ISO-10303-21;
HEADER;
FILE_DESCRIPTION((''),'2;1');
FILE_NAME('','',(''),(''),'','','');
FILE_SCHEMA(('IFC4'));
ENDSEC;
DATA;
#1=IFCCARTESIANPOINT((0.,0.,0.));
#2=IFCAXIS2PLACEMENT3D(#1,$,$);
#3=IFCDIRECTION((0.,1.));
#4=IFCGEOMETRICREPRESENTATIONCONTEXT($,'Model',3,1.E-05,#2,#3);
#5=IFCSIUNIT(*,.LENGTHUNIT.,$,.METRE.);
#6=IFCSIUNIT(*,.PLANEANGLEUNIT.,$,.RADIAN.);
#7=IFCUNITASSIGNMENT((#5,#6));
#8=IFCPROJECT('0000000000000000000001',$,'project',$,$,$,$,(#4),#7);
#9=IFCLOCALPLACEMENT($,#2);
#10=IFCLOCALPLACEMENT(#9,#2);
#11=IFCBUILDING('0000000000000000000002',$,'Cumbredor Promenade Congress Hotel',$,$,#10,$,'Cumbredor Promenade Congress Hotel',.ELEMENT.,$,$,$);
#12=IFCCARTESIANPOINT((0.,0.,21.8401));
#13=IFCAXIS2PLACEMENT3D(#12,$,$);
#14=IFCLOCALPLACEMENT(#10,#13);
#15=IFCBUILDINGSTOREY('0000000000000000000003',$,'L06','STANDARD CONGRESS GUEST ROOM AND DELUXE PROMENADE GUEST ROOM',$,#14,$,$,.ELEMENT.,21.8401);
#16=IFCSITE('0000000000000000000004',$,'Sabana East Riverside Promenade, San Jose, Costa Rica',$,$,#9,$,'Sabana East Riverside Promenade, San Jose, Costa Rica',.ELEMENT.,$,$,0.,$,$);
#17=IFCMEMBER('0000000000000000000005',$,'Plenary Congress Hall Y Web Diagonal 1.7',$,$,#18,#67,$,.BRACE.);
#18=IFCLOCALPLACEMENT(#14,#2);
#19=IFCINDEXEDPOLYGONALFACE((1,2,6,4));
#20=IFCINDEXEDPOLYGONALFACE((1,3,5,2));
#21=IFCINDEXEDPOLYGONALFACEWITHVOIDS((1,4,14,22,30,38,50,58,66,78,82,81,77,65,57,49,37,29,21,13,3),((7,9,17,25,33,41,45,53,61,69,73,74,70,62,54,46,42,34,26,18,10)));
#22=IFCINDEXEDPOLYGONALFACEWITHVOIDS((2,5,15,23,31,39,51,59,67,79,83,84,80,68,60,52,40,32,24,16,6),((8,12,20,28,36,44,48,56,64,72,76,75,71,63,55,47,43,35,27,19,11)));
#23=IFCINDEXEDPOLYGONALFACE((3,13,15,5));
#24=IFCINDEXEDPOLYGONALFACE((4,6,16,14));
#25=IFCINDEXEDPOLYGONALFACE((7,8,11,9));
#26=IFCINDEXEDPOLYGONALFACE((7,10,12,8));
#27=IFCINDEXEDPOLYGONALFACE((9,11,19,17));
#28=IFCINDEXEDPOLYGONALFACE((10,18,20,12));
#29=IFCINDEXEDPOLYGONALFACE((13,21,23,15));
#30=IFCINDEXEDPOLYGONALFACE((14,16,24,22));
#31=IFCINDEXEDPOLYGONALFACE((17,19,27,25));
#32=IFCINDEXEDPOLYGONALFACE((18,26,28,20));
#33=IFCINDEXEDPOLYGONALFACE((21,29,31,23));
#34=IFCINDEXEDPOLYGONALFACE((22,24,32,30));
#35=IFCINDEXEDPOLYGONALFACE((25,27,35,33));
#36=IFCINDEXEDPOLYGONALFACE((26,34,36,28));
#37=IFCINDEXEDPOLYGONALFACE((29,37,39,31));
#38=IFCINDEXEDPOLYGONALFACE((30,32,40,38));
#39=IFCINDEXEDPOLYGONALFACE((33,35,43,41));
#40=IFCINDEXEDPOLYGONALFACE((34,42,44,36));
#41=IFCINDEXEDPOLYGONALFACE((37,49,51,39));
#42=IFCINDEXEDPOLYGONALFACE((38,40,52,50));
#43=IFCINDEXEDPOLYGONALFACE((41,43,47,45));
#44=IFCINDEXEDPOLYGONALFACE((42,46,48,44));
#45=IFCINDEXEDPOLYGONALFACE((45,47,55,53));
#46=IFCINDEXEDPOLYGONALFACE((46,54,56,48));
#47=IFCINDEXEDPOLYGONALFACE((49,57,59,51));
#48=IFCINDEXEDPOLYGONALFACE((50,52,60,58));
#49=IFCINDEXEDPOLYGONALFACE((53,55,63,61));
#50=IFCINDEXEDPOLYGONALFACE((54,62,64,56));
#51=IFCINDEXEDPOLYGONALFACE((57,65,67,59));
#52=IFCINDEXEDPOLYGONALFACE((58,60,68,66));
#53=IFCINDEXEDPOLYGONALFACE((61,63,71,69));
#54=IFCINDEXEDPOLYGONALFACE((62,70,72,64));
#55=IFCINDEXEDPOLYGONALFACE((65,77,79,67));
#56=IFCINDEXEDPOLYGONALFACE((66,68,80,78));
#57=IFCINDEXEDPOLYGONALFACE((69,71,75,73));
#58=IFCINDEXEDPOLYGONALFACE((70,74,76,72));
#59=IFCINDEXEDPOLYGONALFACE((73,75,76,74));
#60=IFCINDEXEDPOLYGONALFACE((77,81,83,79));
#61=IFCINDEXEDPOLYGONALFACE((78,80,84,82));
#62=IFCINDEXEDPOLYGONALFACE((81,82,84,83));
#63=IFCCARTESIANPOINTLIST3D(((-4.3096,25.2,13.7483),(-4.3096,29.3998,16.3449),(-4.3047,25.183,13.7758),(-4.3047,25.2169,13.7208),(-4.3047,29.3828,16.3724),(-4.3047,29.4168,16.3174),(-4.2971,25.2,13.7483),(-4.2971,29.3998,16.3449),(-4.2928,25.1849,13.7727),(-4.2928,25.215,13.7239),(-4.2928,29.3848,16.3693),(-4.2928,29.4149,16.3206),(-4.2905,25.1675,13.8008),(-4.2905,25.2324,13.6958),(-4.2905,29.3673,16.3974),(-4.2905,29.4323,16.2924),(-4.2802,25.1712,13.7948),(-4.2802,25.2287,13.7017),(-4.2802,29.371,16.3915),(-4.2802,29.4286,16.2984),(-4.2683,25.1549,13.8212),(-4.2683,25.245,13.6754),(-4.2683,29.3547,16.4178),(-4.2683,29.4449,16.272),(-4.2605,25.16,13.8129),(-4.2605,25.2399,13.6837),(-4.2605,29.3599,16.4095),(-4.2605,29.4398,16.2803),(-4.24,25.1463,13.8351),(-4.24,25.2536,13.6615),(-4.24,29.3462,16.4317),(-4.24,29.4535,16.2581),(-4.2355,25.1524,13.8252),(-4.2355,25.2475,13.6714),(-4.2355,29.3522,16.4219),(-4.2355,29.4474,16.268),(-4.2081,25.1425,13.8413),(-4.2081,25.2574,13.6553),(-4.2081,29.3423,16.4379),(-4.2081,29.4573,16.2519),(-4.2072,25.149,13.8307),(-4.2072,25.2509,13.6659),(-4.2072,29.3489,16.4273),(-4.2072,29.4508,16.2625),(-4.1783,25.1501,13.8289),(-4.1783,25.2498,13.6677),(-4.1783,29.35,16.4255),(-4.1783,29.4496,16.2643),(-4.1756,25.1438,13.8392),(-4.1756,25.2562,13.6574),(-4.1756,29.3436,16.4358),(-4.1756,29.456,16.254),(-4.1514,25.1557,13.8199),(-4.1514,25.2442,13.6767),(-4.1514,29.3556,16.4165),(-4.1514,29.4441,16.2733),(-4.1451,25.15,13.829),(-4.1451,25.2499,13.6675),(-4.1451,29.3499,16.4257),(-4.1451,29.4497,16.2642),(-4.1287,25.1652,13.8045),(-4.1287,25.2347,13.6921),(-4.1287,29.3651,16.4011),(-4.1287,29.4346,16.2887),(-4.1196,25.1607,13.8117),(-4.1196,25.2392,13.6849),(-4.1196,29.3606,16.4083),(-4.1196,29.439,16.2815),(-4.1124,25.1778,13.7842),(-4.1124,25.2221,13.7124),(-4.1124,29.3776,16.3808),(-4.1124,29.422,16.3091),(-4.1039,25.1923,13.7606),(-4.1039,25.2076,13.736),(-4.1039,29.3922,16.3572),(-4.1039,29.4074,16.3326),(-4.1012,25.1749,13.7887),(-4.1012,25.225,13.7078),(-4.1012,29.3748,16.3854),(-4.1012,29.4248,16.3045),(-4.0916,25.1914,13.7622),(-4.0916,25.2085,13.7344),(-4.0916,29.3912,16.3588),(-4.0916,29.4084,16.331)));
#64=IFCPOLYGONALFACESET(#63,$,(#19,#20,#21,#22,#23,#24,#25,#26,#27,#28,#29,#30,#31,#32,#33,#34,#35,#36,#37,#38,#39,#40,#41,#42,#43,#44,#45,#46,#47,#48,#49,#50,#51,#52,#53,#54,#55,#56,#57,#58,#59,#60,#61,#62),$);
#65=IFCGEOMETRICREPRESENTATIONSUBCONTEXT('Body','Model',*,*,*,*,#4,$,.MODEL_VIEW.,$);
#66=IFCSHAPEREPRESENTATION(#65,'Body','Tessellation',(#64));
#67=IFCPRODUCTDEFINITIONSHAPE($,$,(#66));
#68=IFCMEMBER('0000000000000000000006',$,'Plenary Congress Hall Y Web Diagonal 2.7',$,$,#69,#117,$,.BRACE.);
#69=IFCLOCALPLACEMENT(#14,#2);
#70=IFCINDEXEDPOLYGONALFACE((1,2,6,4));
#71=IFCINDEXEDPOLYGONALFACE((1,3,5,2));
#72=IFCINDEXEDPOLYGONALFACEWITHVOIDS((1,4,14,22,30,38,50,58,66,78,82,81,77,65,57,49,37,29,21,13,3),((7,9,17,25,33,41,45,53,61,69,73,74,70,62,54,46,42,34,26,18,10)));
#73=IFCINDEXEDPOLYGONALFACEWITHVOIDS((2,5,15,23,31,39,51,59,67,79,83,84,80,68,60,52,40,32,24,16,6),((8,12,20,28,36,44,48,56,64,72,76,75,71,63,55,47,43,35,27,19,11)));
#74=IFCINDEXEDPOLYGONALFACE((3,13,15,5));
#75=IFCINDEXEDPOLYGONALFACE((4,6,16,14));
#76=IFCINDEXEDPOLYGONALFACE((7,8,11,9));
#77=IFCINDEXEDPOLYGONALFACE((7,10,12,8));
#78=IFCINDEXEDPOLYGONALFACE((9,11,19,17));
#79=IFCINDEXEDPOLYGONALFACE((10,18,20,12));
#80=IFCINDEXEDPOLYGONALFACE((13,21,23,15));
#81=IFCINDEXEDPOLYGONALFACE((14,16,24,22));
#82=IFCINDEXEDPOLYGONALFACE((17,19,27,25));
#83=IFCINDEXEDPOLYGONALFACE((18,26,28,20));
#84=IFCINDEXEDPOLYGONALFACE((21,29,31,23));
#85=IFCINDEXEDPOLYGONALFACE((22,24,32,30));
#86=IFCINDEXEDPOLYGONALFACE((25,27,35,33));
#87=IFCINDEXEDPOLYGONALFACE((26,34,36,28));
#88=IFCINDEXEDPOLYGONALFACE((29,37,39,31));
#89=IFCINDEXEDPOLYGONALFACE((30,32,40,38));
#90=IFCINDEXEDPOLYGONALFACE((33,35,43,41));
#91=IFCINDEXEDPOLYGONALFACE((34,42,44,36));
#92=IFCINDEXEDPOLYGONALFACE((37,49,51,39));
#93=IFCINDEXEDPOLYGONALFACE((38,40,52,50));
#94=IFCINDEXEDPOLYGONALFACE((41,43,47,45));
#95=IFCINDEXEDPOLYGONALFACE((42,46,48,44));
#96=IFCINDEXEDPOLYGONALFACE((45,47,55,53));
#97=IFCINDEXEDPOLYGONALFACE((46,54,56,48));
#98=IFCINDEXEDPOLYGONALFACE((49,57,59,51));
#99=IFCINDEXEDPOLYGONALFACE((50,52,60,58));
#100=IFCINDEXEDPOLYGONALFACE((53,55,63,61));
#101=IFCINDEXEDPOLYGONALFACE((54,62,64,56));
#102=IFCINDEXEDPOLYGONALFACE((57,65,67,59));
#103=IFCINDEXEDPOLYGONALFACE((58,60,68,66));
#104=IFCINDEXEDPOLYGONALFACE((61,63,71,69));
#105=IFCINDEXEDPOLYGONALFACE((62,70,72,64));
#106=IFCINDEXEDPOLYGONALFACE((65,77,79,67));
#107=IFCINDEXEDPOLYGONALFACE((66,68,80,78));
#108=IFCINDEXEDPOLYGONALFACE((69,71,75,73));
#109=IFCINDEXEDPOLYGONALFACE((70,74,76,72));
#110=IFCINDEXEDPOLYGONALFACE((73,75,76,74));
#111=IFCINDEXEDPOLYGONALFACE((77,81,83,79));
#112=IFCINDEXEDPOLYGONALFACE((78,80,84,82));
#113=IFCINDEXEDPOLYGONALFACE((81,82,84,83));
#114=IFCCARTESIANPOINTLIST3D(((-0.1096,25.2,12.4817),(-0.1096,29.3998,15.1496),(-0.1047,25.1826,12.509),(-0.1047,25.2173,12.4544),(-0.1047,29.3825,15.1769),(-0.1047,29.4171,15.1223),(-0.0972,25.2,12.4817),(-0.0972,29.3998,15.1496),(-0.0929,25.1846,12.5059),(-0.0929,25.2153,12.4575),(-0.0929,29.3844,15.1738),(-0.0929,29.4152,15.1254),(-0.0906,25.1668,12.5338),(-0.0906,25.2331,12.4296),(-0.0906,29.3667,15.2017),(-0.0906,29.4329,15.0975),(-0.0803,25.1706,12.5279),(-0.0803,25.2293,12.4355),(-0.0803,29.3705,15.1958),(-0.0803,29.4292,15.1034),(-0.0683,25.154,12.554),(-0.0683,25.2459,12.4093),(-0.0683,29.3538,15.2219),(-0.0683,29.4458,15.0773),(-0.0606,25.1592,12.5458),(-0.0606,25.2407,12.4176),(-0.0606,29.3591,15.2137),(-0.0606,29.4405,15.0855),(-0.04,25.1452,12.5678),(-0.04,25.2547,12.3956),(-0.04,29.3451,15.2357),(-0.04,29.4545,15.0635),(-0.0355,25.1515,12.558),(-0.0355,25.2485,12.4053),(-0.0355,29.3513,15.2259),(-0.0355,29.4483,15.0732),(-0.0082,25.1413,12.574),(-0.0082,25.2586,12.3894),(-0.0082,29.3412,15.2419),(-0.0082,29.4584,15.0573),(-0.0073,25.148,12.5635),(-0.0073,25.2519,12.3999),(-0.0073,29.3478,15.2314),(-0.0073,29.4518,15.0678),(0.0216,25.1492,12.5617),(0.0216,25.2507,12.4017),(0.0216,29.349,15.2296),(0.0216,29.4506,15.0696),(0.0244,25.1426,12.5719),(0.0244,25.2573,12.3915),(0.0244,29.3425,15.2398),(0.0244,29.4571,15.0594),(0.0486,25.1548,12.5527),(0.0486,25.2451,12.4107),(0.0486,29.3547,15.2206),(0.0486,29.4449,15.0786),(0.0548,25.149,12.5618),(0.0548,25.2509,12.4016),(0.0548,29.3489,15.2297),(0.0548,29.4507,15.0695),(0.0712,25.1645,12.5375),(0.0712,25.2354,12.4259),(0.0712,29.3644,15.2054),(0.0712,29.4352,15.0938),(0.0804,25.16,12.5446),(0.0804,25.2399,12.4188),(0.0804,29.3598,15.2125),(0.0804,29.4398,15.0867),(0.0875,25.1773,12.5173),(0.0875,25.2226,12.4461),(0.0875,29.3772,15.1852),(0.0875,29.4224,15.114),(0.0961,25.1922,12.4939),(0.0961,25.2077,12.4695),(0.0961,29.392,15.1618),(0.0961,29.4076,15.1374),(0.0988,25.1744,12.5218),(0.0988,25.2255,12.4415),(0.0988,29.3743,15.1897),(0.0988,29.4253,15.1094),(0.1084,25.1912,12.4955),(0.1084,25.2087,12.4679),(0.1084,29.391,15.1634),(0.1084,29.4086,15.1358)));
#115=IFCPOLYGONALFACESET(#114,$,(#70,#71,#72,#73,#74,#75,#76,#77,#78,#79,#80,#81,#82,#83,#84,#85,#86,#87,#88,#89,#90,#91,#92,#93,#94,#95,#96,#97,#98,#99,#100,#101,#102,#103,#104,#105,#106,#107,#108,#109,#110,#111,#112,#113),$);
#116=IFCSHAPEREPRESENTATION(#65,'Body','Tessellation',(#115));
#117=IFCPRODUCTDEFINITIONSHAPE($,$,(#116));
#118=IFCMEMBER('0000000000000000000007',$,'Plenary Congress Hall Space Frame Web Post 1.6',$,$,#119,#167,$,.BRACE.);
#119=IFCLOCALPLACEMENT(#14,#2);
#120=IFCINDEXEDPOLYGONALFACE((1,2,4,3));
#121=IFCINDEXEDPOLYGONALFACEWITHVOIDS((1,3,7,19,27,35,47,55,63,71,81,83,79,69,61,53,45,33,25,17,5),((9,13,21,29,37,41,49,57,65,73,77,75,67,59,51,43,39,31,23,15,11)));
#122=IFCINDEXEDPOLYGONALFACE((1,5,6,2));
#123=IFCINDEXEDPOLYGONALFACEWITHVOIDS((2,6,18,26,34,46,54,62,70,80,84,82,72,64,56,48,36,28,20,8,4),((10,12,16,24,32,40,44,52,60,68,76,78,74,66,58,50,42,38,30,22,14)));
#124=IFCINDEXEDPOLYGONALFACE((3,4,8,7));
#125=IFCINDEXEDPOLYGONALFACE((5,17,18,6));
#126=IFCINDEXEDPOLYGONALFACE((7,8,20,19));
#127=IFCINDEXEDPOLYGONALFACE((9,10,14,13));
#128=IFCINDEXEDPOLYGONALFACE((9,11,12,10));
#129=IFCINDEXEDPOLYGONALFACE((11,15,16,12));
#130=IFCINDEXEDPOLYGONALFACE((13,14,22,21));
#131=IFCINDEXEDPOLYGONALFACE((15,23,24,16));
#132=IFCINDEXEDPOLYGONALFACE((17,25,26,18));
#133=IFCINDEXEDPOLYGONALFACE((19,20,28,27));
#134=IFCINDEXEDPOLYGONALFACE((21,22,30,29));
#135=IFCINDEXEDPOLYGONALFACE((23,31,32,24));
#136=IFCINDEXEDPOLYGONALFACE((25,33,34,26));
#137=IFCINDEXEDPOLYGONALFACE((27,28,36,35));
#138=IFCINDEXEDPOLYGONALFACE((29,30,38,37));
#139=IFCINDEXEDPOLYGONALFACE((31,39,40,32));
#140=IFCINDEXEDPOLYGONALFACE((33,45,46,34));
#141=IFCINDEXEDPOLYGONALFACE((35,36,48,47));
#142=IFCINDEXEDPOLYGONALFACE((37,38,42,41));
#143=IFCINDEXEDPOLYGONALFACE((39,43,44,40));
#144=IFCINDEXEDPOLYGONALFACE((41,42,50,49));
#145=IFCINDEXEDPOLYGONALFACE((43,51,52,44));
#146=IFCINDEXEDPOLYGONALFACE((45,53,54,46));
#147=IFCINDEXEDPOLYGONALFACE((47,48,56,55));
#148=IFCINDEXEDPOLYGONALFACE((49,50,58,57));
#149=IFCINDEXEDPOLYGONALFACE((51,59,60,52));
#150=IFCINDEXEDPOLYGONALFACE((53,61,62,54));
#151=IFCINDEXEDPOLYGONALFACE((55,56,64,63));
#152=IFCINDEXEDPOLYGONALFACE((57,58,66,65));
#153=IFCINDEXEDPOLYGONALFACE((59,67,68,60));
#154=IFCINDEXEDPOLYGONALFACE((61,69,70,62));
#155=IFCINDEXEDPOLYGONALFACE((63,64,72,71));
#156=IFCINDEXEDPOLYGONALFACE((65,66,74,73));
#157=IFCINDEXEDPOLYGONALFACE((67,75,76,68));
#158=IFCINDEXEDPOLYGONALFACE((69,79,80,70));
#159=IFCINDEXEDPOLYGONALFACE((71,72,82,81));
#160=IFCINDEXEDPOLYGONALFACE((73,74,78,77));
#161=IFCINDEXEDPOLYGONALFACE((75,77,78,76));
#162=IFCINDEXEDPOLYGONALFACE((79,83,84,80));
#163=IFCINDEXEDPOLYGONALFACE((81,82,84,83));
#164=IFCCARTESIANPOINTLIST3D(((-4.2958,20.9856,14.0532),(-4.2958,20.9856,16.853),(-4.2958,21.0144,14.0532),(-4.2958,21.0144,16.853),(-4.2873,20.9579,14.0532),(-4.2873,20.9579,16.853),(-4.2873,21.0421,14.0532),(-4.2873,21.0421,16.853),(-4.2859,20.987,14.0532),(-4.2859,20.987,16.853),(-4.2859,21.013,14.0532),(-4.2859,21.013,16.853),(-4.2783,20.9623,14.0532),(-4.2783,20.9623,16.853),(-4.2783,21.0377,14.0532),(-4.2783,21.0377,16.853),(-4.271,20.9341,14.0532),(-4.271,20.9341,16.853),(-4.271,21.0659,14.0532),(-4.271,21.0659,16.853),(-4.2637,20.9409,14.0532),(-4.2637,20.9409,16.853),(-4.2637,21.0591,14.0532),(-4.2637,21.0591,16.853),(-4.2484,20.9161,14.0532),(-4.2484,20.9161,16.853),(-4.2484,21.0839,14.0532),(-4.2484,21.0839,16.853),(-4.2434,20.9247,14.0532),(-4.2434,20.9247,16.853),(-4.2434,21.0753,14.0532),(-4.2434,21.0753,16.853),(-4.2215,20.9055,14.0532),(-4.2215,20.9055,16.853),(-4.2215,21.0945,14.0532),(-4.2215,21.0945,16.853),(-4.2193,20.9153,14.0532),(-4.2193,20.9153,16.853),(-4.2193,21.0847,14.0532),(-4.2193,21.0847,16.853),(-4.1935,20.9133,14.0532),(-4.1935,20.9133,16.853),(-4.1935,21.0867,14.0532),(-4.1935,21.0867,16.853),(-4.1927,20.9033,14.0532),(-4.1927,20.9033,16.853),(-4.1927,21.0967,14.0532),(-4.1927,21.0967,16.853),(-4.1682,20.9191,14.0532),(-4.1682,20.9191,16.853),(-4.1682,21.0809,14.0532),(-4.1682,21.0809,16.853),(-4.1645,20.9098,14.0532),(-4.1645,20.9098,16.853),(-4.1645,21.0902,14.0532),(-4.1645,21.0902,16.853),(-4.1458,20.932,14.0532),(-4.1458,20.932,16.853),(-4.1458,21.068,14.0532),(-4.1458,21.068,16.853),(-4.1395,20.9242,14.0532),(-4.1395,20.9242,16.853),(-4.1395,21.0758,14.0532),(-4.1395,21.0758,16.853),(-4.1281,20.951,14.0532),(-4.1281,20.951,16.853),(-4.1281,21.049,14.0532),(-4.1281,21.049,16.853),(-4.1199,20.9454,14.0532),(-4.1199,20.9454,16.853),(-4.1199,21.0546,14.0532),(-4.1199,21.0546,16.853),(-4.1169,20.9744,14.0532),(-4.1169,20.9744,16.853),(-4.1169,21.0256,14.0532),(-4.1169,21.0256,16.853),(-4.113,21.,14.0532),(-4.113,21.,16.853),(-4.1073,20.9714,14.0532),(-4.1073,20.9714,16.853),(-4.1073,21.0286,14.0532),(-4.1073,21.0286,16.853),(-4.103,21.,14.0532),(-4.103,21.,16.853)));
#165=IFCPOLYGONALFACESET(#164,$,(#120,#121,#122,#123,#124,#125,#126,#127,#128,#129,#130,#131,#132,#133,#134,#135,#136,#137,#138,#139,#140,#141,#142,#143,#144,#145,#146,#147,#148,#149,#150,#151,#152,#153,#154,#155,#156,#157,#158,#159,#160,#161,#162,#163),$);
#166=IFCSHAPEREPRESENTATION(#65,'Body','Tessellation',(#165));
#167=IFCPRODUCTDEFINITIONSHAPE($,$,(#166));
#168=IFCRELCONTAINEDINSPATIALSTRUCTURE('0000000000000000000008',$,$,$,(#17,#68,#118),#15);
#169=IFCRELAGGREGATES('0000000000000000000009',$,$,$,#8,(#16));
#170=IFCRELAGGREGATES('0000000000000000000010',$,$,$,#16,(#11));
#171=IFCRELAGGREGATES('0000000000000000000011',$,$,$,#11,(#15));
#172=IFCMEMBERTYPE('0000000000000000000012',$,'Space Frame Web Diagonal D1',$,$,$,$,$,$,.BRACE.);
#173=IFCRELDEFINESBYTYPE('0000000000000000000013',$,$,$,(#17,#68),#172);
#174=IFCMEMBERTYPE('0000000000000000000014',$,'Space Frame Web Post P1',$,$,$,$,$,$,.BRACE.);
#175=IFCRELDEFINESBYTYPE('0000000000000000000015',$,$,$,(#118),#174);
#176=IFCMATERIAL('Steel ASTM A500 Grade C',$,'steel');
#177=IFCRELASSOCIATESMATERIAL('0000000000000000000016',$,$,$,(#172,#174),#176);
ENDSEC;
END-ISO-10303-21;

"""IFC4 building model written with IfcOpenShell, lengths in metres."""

from ifc_helpers import new_model, si_unit, direction, frame, origin, origin_2d, place, context, subcontext, project, spatial, hollow_circle, extrude, material, material_profile, profile_set, type_object, element, save


model = new_model("IFC4")

# Units and contexts
model_context = context("Model", 3, precision=1e-05, world=origin(), true_north=direction((0.0, 1.0)))
body_context = subcontext(model_context, "Body", "Model", "MODEL_VIEW")
ifc_project = project(units=[si_unit("LENGTHUNIT", "METRE"), si_unit("PLANEANGLEUNIT", "RADIAN")], contexts=[model_context])

# Site, building, storey
site_placement = place(None, origin())
site = spatial("IfcSite", under=ifc_project, at=site_placement, Name="Sabana East Riverside Promenade, San Jose, Costa Rica", LongName="Sabana East Riverside Promenade, San Jose, Costa Rica", CompositionType="ELEMENT", RefElevation=0.0)
building_placement = place(site_placement, origin())
building = spatial("IfcBuilding", under=site, at=building_placement, Name="Cumbredor Promenade Congress Hotel", LongName="Cumbredor Promenade Congress Hotel", CompositionType="ELEMENT")
storey_placement = place(building_placement, frame((0.0, 0.0, 21.8401)))
storey = spatial("IfcBuildingStorey", under=building, at=storey_placement, Name="L06", Description="STANDARD CONGRESS GUEST ROOM AND DELUXE PROMENADE GUEST ROOM", CompositionType="ELEMENT", Elevation=21.8401)

# Members
ifc_material_1 = material(Name="Steel ASTM A500 Grade C", Category="steel")
ifc_material_profile_1 = material_profile(ifc_material_1, hollow_circle(Radius=0.1096, WallThickness=0.0125, at=origin_2d()), Name="CHS 219.1x12.5")
ifc_profile_set_1 = profile_set([ifc_material_profile_1], Name="Steel ASTM A500 Grade C")
member_type_1 = type_object("IfcMemberType", Name="Space Frame Web Diagonal D1", PredefinedType="BRACE", material=ifc_profile_set_1)
member_1_placement = place(storey_placement, frame((-4.2, 25.2, 13.7483), z_axis=(0.0, 0.850563, 0.525873), x_axis=(-1.0, 0.0, 0.0)))
element("IfcMember", 1, at=member_1_placement, inside=storey, type_object=member_type_1, Name="Plenary Congress Hall Y Web Diagonal 1.7", PredefinedType="BRACE", context=body_context, shape_type="SweptSolid", body=[
    extrude(hollow_circle(Radius=0.1096, WallThickness=0.0125, at=origin_2d()), origin(), (0.0, 0.0, 1.0), 4.9377),
])
member_2_placement = place(storey_placement, frame((0.0, 25.2, 12.4817), z_axis=(0.0, 0.844092, 0.536199), x_axis=(-1.0, 0.0, 0.0)))
element("IfcMember", 2, at=member_2_placement, inside=storey, type_object=member_type_1, Name="Plenary Congress Hall Y Web Diagonal 2.7", PredefinedType="BRACE", context=body_context, shape_type="SweptSolid", body=[
    extrude(hollow_circle(Radius=0.1096, WallThickness=0.0125, at=origin_2d()), origin(), (0.0, 0.0, 1.0), 4.9756),
])
ifc_material_profile_2 = material_profile(ifc_material_1, hollow_circle(Radius=0.0969, WallThickness=0.01, at=origin_2d()), Name="CHS 193.7x10")
ifc_profile_set_2 = profile_set([ifc_material_profile_2], Name="Steel ASTM A500 Grade C")
member_type_2 = type_object("IfcMemberType", Name="Space Frame Web Post P1", PredefinedType="BRACE", material=ifc_profile_set_2)
member_3_placement = place(storey_placement, frame((-4.2, 21.0, 14.0532), z_axis=(0.0, 0.0, 1.0), x_axis=(1.0, 0.0, 0.0)))
element("IfcMember", 3, at=member_3_placement, inside=storey, type_object=member_type_2, Name="Plenary Congress Hall Space Frame Web Post 1.6", PredefinedType="BRACE", context=body_context, shape_type="SweptSolid", body=[
    extrude(hollow_circle(Radius=0.0969, WallThickness=0.01, at=origin_2d()), origin(), (0.0, 0.0, 1.0), 2.7998),
])

save(model, "model.ifc")
